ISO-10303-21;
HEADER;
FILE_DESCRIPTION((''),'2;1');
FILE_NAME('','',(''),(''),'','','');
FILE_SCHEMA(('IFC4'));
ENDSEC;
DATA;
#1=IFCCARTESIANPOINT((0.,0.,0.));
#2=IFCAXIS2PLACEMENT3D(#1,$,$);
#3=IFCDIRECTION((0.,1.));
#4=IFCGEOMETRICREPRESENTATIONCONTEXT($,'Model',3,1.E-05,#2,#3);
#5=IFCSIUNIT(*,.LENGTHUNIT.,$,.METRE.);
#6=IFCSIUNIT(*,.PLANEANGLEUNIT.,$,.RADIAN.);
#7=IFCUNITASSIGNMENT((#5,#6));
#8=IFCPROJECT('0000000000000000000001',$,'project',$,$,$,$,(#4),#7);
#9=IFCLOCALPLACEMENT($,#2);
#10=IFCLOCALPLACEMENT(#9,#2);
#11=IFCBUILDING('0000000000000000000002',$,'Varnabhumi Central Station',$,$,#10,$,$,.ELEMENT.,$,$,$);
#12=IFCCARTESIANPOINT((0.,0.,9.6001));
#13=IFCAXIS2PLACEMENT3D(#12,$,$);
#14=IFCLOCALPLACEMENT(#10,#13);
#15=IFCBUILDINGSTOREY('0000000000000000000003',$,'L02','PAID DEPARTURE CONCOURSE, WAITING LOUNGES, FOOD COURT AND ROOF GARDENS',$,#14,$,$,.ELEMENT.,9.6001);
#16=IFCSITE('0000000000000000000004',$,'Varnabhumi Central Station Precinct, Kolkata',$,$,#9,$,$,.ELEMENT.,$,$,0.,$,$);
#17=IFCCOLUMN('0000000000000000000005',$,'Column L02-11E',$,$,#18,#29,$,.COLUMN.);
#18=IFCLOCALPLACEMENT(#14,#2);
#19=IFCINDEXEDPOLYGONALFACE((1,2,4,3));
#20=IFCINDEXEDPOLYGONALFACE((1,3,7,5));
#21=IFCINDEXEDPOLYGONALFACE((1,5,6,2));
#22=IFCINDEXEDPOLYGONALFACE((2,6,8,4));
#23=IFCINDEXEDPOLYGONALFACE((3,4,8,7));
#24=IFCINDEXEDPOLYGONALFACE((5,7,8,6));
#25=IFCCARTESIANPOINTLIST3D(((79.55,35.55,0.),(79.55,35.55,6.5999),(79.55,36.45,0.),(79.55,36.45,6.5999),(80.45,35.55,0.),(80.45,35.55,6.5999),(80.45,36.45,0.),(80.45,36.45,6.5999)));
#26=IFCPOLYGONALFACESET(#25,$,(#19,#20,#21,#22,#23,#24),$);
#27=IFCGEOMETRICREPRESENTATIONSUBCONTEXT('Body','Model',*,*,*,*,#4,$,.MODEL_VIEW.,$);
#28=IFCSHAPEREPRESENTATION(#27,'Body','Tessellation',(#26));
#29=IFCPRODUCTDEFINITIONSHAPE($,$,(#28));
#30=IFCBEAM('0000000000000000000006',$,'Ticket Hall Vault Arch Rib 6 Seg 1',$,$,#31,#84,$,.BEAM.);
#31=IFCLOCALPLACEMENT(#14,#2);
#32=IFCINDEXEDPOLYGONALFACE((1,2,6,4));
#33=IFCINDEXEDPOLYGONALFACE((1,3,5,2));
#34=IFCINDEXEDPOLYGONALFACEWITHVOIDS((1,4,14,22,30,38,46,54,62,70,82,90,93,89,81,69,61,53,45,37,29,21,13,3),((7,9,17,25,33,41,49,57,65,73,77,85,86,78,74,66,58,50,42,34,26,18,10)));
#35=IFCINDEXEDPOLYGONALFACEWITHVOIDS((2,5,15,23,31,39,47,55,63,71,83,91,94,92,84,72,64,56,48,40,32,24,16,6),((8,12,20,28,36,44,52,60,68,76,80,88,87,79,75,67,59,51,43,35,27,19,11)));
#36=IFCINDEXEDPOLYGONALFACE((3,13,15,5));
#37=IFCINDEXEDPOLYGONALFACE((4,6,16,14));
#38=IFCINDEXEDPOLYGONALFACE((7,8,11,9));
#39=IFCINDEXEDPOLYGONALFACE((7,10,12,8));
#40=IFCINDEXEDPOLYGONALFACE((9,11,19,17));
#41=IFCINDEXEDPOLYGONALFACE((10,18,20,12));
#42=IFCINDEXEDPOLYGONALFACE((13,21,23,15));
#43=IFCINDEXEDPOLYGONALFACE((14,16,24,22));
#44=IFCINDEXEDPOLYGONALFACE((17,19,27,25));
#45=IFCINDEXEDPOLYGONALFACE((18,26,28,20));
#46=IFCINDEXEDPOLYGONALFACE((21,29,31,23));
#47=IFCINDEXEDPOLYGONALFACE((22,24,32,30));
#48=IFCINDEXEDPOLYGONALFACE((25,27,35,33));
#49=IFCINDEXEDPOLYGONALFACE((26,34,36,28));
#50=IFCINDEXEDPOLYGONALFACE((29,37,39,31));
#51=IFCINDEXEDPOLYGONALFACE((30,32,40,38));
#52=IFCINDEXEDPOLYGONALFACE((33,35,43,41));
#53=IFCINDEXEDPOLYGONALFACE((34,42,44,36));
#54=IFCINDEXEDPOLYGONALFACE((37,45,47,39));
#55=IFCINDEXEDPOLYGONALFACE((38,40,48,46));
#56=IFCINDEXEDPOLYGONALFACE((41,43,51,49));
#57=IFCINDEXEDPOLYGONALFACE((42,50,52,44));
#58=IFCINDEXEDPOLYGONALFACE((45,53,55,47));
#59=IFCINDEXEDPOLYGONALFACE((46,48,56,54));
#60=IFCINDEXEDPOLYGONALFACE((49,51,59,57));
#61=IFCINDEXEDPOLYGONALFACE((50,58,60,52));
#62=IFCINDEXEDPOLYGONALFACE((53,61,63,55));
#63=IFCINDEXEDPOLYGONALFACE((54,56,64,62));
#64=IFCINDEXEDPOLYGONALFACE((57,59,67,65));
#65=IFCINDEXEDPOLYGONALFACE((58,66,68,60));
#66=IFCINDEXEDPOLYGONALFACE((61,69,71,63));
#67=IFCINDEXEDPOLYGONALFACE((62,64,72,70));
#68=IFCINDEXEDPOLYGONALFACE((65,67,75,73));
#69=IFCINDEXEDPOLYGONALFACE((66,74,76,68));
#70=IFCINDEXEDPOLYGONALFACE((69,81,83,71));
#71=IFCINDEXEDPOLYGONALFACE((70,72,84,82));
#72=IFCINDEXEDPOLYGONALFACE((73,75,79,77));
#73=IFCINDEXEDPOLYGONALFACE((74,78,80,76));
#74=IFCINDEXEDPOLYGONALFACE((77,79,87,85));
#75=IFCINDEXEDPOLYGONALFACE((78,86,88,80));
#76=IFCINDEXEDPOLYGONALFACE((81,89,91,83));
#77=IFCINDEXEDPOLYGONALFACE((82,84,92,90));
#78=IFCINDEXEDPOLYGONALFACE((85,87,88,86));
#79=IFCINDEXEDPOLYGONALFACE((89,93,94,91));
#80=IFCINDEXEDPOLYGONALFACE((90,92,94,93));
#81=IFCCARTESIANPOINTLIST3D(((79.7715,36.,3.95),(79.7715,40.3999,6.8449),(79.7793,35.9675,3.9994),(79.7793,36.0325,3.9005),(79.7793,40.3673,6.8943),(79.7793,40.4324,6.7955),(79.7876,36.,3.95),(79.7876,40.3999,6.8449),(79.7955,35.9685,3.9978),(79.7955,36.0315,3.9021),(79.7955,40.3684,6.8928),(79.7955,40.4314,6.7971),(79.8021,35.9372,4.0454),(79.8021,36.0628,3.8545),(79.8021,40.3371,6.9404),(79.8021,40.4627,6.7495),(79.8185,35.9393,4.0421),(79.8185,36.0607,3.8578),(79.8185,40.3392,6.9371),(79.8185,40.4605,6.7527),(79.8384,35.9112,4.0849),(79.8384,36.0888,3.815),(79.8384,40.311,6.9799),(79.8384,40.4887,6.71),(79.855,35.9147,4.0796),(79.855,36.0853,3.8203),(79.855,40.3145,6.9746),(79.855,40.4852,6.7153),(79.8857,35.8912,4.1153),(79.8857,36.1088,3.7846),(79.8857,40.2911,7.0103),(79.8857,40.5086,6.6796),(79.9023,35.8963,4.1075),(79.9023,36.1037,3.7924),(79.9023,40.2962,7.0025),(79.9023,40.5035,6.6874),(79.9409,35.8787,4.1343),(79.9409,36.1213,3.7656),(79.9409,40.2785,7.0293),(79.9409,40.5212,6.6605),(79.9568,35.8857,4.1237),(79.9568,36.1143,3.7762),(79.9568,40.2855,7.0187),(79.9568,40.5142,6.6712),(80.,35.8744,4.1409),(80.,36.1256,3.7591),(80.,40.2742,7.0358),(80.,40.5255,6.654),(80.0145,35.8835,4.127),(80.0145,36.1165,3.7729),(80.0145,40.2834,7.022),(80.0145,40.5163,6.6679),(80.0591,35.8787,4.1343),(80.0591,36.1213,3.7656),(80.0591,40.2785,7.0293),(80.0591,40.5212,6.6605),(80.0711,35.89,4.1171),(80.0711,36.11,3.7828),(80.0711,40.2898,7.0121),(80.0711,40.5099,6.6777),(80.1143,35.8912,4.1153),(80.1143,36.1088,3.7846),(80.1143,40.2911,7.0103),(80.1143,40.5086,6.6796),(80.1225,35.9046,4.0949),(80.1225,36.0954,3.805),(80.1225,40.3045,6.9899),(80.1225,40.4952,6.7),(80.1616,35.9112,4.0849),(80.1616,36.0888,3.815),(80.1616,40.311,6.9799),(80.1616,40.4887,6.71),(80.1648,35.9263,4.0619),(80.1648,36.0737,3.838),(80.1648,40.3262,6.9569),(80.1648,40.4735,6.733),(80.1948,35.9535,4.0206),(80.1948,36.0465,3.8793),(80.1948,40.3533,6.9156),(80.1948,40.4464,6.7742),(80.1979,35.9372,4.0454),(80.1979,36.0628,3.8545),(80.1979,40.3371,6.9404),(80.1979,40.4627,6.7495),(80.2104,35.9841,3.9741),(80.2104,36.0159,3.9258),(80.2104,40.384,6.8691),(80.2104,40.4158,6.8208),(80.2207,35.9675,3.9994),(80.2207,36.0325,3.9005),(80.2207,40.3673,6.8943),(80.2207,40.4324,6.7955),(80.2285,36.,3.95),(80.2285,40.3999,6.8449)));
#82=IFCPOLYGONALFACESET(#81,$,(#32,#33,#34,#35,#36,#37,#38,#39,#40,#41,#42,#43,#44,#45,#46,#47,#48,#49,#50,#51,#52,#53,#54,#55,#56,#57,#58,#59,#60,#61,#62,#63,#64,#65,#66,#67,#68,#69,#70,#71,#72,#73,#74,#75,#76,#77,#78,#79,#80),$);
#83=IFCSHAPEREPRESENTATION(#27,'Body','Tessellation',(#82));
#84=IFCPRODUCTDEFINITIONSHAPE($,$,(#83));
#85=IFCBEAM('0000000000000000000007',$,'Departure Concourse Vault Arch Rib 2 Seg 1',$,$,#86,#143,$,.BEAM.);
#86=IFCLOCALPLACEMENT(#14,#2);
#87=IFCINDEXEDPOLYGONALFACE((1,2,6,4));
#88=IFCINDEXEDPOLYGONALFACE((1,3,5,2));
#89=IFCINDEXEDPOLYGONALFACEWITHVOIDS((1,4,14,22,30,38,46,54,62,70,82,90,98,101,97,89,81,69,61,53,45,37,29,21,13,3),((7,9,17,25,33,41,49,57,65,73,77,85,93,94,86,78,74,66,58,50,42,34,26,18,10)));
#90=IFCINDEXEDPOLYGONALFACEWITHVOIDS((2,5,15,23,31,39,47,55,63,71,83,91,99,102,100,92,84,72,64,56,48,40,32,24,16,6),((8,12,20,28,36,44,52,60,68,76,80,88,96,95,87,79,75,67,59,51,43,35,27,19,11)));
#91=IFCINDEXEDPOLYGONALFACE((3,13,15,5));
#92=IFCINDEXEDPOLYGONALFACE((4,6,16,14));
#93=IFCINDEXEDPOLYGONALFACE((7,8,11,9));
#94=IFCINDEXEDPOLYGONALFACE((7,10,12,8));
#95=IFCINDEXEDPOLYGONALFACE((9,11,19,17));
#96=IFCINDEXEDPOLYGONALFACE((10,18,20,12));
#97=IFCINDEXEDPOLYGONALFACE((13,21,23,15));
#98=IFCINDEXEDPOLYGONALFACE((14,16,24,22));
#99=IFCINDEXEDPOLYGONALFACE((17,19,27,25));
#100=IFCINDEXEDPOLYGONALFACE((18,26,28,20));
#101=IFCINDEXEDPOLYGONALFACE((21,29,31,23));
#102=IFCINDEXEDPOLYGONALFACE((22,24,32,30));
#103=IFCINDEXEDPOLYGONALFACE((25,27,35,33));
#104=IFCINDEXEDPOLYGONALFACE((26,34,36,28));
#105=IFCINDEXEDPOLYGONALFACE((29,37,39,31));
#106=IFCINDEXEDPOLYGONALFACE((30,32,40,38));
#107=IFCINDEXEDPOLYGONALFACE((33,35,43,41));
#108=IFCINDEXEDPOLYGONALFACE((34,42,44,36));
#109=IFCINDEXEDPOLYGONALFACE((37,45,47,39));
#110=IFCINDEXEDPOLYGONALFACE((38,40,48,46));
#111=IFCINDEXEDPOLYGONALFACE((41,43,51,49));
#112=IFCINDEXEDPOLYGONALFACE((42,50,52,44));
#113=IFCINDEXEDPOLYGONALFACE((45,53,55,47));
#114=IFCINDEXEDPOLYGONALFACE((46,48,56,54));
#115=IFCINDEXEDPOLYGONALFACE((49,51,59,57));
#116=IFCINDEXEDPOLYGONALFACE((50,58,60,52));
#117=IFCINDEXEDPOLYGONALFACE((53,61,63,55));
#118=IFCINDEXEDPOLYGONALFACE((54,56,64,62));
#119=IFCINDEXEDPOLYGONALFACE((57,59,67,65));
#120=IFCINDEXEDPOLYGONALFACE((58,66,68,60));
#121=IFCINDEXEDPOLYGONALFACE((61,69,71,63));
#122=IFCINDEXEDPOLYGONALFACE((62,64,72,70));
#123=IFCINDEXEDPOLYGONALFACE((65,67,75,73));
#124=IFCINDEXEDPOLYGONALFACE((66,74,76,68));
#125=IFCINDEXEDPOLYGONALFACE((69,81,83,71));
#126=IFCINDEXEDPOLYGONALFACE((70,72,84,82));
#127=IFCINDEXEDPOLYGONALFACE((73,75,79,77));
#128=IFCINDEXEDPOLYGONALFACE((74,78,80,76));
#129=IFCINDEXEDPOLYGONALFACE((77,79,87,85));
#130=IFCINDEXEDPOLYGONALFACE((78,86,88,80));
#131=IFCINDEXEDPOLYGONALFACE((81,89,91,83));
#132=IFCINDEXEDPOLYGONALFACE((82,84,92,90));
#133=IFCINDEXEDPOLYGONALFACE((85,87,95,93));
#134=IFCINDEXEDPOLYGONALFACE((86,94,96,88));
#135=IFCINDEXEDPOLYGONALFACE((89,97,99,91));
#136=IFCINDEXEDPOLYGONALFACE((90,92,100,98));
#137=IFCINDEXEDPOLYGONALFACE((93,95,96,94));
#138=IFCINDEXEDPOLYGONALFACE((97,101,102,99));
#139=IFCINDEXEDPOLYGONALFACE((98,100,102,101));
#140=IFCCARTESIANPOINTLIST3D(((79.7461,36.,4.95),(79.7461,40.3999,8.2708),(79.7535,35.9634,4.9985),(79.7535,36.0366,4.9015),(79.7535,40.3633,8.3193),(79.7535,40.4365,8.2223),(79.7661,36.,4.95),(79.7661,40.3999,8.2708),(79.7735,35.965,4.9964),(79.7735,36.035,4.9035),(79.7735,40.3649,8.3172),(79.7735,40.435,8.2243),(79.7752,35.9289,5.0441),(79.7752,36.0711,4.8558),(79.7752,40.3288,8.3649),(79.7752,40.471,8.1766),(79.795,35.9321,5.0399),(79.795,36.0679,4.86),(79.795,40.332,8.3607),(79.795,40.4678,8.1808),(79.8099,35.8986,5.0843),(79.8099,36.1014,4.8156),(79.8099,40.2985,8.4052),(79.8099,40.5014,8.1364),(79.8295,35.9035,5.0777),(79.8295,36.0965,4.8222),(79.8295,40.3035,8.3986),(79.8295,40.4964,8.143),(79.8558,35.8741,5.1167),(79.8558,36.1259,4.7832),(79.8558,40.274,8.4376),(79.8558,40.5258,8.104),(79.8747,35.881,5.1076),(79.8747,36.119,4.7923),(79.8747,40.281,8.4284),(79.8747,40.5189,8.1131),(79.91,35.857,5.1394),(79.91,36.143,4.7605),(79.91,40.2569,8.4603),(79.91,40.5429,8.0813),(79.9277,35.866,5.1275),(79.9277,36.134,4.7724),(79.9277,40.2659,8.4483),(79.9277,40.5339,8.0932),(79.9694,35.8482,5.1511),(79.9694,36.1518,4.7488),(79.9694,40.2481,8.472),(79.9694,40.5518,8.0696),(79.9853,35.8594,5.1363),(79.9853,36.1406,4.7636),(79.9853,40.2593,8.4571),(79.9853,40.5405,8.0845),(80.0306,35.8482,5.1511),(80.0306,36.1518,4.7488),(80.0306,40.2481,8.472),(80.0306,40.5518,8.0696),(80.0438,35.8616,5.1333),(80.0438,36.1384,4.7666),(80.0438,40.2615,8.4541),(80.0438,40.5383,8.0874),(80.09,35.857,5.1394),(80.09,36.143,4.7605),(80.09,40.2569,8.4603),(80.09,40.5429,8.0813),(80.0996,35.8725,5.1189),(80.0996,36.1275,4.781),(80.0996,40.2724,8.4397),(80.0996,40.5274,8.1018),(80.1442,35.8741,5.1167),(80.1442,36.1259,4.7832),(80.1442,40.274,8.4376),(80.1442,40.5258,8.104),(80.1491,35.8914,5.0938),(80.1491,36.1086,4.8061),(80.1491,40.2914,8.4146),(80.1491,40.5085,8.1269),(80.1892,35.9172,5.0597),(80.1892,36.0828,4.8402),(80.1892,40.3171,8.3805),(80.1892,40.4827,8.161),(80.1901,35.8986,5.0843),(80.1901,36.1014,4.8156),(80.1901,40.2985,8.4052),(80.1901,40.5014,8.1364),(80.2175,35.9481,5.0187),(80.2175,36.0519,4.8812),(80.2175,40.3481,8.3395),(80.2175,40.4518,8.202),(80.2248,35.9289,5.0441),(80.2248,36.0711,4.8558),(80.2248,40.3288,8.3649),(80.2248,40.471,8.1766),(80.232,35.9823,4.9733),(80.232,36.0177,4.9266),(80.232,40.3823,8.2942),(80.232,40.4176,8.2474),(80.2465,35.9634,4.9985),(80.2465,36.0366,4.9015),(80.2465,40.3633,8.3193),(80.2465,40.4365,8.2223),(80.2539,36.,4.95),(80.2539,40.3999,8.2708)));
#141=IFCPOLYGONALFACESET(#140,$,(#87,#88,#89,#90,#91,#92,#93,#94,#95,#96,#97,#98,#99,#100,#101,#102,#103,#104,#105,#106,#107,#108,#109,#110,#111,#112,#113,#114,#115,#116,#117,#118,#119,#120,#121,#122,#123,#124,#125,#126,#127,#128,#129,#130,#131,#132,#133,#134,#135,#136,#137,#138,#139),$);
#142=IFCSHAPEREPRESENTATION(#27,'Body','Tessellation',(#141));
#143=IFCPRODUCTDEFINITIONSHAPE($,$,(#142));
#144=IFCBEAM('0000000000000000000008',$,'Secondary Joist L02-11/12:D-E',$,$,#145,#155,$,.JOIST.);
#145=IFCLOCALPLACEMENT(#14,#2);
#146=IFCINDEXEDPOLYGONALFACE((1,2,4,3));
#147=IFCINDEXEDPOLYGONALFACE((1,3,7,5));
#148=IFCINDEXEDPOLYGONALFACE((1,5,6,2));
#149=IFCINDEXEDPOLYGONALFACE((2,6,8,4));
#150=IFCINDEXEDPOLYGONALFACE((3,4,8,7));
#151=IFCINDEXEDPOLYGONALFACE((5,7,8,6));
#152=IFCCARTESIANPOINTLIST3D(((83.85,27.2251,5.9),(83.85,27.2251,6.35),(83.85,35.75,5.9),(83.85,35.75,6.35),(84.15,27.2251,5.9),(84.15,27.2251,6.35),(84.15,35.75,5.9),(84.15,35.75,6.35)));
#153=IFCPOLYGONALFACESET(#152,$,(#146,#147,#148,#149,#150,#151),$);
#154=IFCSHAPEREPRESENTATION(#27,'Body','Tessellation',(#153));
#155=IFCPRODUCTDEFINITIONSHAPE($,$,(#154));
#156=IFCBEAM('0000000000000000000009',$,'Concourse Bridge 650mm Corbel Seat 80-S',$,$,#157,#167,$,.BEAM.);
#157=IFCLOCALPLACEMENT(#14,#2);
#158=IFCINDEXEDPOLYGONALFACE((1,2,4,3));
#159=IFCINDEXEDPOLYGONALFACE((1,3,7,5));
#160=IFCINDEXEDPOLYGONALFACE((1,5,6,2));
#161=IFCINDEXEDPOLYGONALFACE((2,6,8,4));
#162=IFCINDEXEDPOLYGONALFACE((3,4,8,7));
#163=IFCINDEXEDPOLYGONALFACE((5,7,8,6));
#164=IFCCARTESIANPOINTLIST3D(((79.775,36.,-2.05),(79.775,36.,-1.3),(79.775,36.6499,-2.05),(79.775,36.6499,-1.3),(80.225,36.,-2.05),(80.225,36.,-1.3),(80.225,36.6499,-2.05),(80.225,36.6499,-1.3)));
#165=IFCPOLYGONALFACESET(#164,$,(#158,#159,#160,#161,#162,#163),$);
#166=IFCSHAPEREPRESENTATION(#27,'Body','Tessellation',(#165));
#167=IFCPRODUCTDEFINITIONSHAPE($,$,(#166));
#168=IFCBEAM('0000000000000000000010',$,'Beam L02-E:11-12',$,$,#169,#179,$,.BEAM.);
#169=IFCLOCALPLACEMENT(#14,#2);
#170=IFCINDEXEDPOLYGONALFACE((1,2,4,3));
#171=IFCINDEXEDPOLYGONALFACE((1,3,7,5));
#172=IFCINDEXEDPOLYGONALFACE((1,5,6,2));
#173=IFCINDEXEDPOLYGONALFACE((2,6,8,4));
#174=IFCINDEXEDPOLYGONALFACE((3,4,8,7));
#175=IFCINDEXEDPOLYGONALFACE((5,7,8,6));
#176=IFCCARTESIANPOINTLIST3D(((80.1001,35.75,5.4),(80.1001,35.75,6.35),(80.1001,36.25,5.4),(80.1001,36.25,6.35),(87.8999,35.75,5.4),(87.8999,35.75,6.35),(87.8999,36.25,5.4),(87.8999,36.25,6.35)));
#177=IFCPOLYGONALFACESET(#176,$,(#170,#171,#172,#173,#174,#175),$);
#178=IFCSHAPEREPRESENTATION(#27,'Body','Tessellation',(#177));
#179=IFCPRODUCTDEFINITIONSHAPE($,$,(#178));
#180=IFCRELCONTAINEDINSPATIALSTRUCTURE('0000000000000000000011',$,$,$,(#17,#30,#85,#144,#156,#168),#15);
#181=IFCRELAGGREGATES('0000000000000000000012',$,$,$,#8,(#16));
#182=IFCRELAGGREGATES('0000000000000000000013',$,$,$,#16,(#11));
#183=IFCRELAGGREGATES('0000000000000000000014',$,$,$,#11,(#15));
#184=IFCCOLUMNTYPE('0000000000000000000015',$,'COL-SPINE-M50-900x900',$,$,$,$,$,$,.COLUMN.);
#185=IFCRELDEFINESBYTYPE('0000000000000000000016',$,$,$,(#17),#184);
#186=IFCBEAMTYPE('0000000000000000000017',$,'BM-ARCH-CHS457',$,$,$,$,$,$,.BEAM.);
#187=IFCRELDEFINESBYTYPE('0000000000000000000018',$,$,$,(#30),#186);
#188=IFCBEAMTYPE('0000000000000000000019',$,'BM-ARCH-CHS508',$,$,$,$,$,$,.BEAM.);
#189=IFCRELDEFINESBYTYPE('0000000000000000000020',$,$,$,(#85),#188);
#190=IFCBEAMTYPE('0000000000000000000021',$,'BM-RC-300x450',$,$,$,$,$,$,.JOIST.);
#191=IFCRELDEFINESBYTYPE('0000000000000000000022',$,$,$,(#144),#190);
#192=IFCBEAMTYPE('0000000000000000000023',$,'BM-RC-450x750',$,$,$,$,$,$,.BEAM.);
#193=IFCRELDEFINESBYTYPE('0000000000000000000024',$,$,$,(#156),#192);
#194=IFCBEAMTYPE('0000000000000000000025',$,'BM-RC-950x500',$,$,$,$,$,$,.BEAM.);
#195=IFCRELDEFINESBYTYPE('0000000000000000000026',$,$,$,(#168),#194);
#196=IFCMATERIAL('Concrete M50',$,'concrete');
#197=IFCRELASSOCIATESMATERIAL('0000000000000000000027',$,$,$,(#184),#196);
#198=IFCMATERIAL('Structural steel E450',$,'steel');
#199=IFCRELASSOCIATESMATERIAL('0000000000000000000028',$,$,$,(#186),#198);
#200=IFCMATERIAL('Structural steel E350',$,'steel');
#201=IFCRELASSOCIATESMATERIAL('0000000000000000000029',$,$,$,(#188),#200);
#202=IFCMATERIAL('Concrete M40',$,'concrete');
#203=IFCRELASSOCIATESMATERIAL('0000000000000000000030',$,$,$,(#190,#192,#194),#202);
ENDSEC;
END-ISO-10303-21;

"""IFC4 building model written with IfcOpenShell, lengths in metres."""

from ifc_helpers import new_model, si_unit, direction, frame, origin, origin_2d, place, context, subcontext, project, spatial, rectangle, hollow_circle, extrude, material, material_profile, profile_set, type_object, element, save


model = new_model("IFC4")

# Units and contexts
model_context = context("Model", 3, precision=1e-05, world=origin(), true_north=direction((0.0, 1.0)))
body_context = subcontext(model_context, "Body", "Model", "MODEL_VIEW")
ifc_project = project(units=[si_unit("LENGTHUNIT", "METRE"), si_unit("PLANEANGLEUNIT", "RADIAN")], contexts=[model_context])

# Site, building, storey
site_placement = place(None, origin())
site = spatial("IfcSite", under=ifc_project, at=site_placement, Name="Varnabhumi Central Station Precinct, Kolkata", CompositionType="ELEMENT", RefElevation=0.0)
building_placement = place(site_placement, origin())
building = spatial("IfcBuilding", under=site, at=building_placement, Name="Varnabhumi Central Station", CompositionType="ELEMENT")
storey_placement = place(building_placement, frame((0.0, 0.0, 9.6001)))
storey = spatial("IfcBuildingStorey", under=building, at=storey_placement, Name="L02", Description="PAID DEPARTURE CONCOURSE, WAITING LOUNGES, FOOD COURT AND ROOF GARDENS", CompositionType="ELEMENT", Elevation=9.6001)

# Column
ifc_material_1 = material(Name="Concrete M50", Category="concrete")
ifc_material_profile_1 = material_profile(ifc_material_1, rectangle(XDim=0.8999, YDim=0.8999, at=origin_2d()), Name="Concrete M50", Category="concrete")
ifc_profile_set_1 = profile_set([ifc_material_profile_1], Name="Concrete M50")
column_type = type_object("IfcColumnType", Name="COL-SPINE-M50-900x900", PredefinedType="COLUMN", material=ifc_profile_set_1)
column_placement = place(storey_placement, frame((80.0, 36.0, 0.0), z_axis=(0.0, 0.0, 1.0), x_axis=(1.0, 0.0, 0.0)))
element("IfcColumn", 1, at=column_placement, inside=storey, type_object=column_type, Name="Column L02-11E", PredefinedType="COLUMN", context=body_context, shape_type="SweptSolid", body=[
    extrude(rectangle(XDim=0.8999, YDim=0.8999, at=origin_2d()), origin(), (0.0, 0.0, 1.0), 6.5999),
])

# Beams
ifc_material_2 = material(Name="Structural steel E450", Category="steel")
ifc_material_profile_2 = material_profile(ifc_material_2, hollow_circle(Radius=0.2285, WallThickness=0.0161, at=origin_2d()), Name="Structural steel E450", Category="steel")
ifc_profile_set_2 = profile_set([ifc_material_profile_2], Name="Structural steel E450")
beam_type_1 = type_object("IfcBeamType", Name="BM-ARCH-CHS457", PredefinedType="BEAM", material=ifc_profile_set_2)
beam_1_placement = place(storey_placement, frame((80.0, 36.0, 3.95), z_axis=(0.0, 0.835387, 0.549662), x_axis=(-1.0, 0.0, 0.0)))
element("IfcBeam", 2, at=beam_1_placement, inside=storey, type_object=beam_type_1, Name="Ticket Hall Vault Arch Rib 6 Seg 1", PredefinedType="BEAM", context=body_context, shape_type="SweptSolid", body=[
    extrude(hollow_circle(Radius=0.2285, WallThickness=0.0161, at=origin_2d()), origin(), (0.0, 0.0, 1.0), 5.2668),
])
ifc_material_3 = material(Name="Structural steel E350", Category="steel")
ifc_material_profile_3 = material_profile(ifc_material_3, hollow_circle(Radius=0.2539, WallThickness=0.02, at=origin_2d()), Name="Structural steel E350", Category="steel")
ifc_profile_set_3 = profile_set([ifc_material_profile_3], Name="Structural steel E350")
beam_type_2 = type_object("IfcBeamType", Name="BM-ARCH-CHS508", PredefinedType="BEAM", material=ifc_profile_set_3)
beam_2_placement = place(storey_placement, frame((80.0, 36.0, 4.95), z_axis=(0.0, 0.798179, 0.602421), x_axis=(-1.0, 0.0, 0.0)))
element("IfcBeam", 3, at=beam_2_placement, inside=storey, type_object=beam_type_2, Name="Departure Concourse Vault Arch Rib 2 Seg 1", PredefinedType="BEAM", context=body_context, shape_type="SweptSolid", body=[
    extrude(hollow_circle(Radius=0.2539, WallThickness=0.02, at=origin_2d()), origin(), (0.0, 0.0, 1.0), 5.5125),
])
ifc_material_4 = material(Name="Concrete M40", Category="concrete")
ifc_material_profile_4 = material_profile(ifc_material_4, rectangle(XDim=0.3, YDim=0.45, at=origin_2d()), Name="Concrete M40", Category="concrete")
ifc_profile_set_4 = profile_set([ifc_material_profile_4], Name="Concrete M40")
beam_type_3 = type_object("IfcBeamType", Name="BM-RC-300x450", PredefinedType="JOIST", material=ifc_profile_set_4)
beam_3_placement = place(storey_placement, frame((84.0, 27.2251, 6.125), z_axis=(0.0, 1.0, 0.0), x_axis=(-1.0, 0.0, 0.0)))
element("IfcBeam", 4, at=beam_3_placement, inside=storey, type_object=beam_type_3, Name="Secondary Joist L02-11/12:D-E", PredefinedType="JOIST", context=body_context, shape_type="SweptSolid", body=[
    extrude(rectangle(XDim=0.3, YDim=0.45, at=origin_2d()), origin(), (0.0, 0.0, 1.0), 8.5249),
])
ifc_material_profile_5 = material_profile(ifc_material_4, rectangle(XDim=0.45, YDim=0.75, at=origin_2d()), Name="Concrete M40", Category="concrete")
ifc_profile_set_5 = profile_set([ifc_material_profile_5], Name="Concrete M40")
beam_type_4 = type_object("IfcBeamType", Name="BM-RC-450x750", PredefinedType="BEAM", material=ifc_profile_set_5)
beam_4_placement = place(storey_placement, frame((80.0, 36.0, -1.675), z_axis=(0.0, 1.0, 0.0), x_axis=(-1.0, 0.0, 0.0)))
element("IfcBeam", 5, at=beam_4_placement, inside=storey, type_object=beam_type_4, Name="Concourse Bridge 650mm Corbel Seat 80-S", PredefinedType="BEAM", context=body_context, shape_type="SweptSolid", body=[
    extrude(rectangle(XDim=0.45, YDim=0.75, at=origin_2d()), origin(), (0.0, 0.0, 1.0), 0.6499),
])
ifc_material_profile_6 = material_profile(ifc_material_4, rectangle(XDim=0.5, YDim=0.95, at=origin_2d()), Name="Concrete M40", Category="concrete")
ifc_profile_set_6 = profile_set([ifc_material_profile_6], Name="Concrete M40")
beam_type_5 = type_object("IfcBeamType", Name="BM-RC-950x500", PredefinedType="BEAM", material=ifc_profile_set_6)
beam_5_placement = place(storey_placement, frame((80.1001, 36.0, 5.875), z_axis=(1.0, 0.0, 0.0), x_axis=(0.0, 1.0, 0.0)))
element("IfcBeam", 6, at=beam_5_placement, inside=storey, type_object=beam_type_5, Name="Beam L02-E:11-12", PredefinedType="BEAM", context=body_context, shape_type="SweptSolid", body=[
    extrude(rectangle(XDim=0.5, YDim=0.95, at=origin_2d()), origin(), (0.0, 0.0, 1.0), 7.7998),
])

save(model, "model.ifc")
